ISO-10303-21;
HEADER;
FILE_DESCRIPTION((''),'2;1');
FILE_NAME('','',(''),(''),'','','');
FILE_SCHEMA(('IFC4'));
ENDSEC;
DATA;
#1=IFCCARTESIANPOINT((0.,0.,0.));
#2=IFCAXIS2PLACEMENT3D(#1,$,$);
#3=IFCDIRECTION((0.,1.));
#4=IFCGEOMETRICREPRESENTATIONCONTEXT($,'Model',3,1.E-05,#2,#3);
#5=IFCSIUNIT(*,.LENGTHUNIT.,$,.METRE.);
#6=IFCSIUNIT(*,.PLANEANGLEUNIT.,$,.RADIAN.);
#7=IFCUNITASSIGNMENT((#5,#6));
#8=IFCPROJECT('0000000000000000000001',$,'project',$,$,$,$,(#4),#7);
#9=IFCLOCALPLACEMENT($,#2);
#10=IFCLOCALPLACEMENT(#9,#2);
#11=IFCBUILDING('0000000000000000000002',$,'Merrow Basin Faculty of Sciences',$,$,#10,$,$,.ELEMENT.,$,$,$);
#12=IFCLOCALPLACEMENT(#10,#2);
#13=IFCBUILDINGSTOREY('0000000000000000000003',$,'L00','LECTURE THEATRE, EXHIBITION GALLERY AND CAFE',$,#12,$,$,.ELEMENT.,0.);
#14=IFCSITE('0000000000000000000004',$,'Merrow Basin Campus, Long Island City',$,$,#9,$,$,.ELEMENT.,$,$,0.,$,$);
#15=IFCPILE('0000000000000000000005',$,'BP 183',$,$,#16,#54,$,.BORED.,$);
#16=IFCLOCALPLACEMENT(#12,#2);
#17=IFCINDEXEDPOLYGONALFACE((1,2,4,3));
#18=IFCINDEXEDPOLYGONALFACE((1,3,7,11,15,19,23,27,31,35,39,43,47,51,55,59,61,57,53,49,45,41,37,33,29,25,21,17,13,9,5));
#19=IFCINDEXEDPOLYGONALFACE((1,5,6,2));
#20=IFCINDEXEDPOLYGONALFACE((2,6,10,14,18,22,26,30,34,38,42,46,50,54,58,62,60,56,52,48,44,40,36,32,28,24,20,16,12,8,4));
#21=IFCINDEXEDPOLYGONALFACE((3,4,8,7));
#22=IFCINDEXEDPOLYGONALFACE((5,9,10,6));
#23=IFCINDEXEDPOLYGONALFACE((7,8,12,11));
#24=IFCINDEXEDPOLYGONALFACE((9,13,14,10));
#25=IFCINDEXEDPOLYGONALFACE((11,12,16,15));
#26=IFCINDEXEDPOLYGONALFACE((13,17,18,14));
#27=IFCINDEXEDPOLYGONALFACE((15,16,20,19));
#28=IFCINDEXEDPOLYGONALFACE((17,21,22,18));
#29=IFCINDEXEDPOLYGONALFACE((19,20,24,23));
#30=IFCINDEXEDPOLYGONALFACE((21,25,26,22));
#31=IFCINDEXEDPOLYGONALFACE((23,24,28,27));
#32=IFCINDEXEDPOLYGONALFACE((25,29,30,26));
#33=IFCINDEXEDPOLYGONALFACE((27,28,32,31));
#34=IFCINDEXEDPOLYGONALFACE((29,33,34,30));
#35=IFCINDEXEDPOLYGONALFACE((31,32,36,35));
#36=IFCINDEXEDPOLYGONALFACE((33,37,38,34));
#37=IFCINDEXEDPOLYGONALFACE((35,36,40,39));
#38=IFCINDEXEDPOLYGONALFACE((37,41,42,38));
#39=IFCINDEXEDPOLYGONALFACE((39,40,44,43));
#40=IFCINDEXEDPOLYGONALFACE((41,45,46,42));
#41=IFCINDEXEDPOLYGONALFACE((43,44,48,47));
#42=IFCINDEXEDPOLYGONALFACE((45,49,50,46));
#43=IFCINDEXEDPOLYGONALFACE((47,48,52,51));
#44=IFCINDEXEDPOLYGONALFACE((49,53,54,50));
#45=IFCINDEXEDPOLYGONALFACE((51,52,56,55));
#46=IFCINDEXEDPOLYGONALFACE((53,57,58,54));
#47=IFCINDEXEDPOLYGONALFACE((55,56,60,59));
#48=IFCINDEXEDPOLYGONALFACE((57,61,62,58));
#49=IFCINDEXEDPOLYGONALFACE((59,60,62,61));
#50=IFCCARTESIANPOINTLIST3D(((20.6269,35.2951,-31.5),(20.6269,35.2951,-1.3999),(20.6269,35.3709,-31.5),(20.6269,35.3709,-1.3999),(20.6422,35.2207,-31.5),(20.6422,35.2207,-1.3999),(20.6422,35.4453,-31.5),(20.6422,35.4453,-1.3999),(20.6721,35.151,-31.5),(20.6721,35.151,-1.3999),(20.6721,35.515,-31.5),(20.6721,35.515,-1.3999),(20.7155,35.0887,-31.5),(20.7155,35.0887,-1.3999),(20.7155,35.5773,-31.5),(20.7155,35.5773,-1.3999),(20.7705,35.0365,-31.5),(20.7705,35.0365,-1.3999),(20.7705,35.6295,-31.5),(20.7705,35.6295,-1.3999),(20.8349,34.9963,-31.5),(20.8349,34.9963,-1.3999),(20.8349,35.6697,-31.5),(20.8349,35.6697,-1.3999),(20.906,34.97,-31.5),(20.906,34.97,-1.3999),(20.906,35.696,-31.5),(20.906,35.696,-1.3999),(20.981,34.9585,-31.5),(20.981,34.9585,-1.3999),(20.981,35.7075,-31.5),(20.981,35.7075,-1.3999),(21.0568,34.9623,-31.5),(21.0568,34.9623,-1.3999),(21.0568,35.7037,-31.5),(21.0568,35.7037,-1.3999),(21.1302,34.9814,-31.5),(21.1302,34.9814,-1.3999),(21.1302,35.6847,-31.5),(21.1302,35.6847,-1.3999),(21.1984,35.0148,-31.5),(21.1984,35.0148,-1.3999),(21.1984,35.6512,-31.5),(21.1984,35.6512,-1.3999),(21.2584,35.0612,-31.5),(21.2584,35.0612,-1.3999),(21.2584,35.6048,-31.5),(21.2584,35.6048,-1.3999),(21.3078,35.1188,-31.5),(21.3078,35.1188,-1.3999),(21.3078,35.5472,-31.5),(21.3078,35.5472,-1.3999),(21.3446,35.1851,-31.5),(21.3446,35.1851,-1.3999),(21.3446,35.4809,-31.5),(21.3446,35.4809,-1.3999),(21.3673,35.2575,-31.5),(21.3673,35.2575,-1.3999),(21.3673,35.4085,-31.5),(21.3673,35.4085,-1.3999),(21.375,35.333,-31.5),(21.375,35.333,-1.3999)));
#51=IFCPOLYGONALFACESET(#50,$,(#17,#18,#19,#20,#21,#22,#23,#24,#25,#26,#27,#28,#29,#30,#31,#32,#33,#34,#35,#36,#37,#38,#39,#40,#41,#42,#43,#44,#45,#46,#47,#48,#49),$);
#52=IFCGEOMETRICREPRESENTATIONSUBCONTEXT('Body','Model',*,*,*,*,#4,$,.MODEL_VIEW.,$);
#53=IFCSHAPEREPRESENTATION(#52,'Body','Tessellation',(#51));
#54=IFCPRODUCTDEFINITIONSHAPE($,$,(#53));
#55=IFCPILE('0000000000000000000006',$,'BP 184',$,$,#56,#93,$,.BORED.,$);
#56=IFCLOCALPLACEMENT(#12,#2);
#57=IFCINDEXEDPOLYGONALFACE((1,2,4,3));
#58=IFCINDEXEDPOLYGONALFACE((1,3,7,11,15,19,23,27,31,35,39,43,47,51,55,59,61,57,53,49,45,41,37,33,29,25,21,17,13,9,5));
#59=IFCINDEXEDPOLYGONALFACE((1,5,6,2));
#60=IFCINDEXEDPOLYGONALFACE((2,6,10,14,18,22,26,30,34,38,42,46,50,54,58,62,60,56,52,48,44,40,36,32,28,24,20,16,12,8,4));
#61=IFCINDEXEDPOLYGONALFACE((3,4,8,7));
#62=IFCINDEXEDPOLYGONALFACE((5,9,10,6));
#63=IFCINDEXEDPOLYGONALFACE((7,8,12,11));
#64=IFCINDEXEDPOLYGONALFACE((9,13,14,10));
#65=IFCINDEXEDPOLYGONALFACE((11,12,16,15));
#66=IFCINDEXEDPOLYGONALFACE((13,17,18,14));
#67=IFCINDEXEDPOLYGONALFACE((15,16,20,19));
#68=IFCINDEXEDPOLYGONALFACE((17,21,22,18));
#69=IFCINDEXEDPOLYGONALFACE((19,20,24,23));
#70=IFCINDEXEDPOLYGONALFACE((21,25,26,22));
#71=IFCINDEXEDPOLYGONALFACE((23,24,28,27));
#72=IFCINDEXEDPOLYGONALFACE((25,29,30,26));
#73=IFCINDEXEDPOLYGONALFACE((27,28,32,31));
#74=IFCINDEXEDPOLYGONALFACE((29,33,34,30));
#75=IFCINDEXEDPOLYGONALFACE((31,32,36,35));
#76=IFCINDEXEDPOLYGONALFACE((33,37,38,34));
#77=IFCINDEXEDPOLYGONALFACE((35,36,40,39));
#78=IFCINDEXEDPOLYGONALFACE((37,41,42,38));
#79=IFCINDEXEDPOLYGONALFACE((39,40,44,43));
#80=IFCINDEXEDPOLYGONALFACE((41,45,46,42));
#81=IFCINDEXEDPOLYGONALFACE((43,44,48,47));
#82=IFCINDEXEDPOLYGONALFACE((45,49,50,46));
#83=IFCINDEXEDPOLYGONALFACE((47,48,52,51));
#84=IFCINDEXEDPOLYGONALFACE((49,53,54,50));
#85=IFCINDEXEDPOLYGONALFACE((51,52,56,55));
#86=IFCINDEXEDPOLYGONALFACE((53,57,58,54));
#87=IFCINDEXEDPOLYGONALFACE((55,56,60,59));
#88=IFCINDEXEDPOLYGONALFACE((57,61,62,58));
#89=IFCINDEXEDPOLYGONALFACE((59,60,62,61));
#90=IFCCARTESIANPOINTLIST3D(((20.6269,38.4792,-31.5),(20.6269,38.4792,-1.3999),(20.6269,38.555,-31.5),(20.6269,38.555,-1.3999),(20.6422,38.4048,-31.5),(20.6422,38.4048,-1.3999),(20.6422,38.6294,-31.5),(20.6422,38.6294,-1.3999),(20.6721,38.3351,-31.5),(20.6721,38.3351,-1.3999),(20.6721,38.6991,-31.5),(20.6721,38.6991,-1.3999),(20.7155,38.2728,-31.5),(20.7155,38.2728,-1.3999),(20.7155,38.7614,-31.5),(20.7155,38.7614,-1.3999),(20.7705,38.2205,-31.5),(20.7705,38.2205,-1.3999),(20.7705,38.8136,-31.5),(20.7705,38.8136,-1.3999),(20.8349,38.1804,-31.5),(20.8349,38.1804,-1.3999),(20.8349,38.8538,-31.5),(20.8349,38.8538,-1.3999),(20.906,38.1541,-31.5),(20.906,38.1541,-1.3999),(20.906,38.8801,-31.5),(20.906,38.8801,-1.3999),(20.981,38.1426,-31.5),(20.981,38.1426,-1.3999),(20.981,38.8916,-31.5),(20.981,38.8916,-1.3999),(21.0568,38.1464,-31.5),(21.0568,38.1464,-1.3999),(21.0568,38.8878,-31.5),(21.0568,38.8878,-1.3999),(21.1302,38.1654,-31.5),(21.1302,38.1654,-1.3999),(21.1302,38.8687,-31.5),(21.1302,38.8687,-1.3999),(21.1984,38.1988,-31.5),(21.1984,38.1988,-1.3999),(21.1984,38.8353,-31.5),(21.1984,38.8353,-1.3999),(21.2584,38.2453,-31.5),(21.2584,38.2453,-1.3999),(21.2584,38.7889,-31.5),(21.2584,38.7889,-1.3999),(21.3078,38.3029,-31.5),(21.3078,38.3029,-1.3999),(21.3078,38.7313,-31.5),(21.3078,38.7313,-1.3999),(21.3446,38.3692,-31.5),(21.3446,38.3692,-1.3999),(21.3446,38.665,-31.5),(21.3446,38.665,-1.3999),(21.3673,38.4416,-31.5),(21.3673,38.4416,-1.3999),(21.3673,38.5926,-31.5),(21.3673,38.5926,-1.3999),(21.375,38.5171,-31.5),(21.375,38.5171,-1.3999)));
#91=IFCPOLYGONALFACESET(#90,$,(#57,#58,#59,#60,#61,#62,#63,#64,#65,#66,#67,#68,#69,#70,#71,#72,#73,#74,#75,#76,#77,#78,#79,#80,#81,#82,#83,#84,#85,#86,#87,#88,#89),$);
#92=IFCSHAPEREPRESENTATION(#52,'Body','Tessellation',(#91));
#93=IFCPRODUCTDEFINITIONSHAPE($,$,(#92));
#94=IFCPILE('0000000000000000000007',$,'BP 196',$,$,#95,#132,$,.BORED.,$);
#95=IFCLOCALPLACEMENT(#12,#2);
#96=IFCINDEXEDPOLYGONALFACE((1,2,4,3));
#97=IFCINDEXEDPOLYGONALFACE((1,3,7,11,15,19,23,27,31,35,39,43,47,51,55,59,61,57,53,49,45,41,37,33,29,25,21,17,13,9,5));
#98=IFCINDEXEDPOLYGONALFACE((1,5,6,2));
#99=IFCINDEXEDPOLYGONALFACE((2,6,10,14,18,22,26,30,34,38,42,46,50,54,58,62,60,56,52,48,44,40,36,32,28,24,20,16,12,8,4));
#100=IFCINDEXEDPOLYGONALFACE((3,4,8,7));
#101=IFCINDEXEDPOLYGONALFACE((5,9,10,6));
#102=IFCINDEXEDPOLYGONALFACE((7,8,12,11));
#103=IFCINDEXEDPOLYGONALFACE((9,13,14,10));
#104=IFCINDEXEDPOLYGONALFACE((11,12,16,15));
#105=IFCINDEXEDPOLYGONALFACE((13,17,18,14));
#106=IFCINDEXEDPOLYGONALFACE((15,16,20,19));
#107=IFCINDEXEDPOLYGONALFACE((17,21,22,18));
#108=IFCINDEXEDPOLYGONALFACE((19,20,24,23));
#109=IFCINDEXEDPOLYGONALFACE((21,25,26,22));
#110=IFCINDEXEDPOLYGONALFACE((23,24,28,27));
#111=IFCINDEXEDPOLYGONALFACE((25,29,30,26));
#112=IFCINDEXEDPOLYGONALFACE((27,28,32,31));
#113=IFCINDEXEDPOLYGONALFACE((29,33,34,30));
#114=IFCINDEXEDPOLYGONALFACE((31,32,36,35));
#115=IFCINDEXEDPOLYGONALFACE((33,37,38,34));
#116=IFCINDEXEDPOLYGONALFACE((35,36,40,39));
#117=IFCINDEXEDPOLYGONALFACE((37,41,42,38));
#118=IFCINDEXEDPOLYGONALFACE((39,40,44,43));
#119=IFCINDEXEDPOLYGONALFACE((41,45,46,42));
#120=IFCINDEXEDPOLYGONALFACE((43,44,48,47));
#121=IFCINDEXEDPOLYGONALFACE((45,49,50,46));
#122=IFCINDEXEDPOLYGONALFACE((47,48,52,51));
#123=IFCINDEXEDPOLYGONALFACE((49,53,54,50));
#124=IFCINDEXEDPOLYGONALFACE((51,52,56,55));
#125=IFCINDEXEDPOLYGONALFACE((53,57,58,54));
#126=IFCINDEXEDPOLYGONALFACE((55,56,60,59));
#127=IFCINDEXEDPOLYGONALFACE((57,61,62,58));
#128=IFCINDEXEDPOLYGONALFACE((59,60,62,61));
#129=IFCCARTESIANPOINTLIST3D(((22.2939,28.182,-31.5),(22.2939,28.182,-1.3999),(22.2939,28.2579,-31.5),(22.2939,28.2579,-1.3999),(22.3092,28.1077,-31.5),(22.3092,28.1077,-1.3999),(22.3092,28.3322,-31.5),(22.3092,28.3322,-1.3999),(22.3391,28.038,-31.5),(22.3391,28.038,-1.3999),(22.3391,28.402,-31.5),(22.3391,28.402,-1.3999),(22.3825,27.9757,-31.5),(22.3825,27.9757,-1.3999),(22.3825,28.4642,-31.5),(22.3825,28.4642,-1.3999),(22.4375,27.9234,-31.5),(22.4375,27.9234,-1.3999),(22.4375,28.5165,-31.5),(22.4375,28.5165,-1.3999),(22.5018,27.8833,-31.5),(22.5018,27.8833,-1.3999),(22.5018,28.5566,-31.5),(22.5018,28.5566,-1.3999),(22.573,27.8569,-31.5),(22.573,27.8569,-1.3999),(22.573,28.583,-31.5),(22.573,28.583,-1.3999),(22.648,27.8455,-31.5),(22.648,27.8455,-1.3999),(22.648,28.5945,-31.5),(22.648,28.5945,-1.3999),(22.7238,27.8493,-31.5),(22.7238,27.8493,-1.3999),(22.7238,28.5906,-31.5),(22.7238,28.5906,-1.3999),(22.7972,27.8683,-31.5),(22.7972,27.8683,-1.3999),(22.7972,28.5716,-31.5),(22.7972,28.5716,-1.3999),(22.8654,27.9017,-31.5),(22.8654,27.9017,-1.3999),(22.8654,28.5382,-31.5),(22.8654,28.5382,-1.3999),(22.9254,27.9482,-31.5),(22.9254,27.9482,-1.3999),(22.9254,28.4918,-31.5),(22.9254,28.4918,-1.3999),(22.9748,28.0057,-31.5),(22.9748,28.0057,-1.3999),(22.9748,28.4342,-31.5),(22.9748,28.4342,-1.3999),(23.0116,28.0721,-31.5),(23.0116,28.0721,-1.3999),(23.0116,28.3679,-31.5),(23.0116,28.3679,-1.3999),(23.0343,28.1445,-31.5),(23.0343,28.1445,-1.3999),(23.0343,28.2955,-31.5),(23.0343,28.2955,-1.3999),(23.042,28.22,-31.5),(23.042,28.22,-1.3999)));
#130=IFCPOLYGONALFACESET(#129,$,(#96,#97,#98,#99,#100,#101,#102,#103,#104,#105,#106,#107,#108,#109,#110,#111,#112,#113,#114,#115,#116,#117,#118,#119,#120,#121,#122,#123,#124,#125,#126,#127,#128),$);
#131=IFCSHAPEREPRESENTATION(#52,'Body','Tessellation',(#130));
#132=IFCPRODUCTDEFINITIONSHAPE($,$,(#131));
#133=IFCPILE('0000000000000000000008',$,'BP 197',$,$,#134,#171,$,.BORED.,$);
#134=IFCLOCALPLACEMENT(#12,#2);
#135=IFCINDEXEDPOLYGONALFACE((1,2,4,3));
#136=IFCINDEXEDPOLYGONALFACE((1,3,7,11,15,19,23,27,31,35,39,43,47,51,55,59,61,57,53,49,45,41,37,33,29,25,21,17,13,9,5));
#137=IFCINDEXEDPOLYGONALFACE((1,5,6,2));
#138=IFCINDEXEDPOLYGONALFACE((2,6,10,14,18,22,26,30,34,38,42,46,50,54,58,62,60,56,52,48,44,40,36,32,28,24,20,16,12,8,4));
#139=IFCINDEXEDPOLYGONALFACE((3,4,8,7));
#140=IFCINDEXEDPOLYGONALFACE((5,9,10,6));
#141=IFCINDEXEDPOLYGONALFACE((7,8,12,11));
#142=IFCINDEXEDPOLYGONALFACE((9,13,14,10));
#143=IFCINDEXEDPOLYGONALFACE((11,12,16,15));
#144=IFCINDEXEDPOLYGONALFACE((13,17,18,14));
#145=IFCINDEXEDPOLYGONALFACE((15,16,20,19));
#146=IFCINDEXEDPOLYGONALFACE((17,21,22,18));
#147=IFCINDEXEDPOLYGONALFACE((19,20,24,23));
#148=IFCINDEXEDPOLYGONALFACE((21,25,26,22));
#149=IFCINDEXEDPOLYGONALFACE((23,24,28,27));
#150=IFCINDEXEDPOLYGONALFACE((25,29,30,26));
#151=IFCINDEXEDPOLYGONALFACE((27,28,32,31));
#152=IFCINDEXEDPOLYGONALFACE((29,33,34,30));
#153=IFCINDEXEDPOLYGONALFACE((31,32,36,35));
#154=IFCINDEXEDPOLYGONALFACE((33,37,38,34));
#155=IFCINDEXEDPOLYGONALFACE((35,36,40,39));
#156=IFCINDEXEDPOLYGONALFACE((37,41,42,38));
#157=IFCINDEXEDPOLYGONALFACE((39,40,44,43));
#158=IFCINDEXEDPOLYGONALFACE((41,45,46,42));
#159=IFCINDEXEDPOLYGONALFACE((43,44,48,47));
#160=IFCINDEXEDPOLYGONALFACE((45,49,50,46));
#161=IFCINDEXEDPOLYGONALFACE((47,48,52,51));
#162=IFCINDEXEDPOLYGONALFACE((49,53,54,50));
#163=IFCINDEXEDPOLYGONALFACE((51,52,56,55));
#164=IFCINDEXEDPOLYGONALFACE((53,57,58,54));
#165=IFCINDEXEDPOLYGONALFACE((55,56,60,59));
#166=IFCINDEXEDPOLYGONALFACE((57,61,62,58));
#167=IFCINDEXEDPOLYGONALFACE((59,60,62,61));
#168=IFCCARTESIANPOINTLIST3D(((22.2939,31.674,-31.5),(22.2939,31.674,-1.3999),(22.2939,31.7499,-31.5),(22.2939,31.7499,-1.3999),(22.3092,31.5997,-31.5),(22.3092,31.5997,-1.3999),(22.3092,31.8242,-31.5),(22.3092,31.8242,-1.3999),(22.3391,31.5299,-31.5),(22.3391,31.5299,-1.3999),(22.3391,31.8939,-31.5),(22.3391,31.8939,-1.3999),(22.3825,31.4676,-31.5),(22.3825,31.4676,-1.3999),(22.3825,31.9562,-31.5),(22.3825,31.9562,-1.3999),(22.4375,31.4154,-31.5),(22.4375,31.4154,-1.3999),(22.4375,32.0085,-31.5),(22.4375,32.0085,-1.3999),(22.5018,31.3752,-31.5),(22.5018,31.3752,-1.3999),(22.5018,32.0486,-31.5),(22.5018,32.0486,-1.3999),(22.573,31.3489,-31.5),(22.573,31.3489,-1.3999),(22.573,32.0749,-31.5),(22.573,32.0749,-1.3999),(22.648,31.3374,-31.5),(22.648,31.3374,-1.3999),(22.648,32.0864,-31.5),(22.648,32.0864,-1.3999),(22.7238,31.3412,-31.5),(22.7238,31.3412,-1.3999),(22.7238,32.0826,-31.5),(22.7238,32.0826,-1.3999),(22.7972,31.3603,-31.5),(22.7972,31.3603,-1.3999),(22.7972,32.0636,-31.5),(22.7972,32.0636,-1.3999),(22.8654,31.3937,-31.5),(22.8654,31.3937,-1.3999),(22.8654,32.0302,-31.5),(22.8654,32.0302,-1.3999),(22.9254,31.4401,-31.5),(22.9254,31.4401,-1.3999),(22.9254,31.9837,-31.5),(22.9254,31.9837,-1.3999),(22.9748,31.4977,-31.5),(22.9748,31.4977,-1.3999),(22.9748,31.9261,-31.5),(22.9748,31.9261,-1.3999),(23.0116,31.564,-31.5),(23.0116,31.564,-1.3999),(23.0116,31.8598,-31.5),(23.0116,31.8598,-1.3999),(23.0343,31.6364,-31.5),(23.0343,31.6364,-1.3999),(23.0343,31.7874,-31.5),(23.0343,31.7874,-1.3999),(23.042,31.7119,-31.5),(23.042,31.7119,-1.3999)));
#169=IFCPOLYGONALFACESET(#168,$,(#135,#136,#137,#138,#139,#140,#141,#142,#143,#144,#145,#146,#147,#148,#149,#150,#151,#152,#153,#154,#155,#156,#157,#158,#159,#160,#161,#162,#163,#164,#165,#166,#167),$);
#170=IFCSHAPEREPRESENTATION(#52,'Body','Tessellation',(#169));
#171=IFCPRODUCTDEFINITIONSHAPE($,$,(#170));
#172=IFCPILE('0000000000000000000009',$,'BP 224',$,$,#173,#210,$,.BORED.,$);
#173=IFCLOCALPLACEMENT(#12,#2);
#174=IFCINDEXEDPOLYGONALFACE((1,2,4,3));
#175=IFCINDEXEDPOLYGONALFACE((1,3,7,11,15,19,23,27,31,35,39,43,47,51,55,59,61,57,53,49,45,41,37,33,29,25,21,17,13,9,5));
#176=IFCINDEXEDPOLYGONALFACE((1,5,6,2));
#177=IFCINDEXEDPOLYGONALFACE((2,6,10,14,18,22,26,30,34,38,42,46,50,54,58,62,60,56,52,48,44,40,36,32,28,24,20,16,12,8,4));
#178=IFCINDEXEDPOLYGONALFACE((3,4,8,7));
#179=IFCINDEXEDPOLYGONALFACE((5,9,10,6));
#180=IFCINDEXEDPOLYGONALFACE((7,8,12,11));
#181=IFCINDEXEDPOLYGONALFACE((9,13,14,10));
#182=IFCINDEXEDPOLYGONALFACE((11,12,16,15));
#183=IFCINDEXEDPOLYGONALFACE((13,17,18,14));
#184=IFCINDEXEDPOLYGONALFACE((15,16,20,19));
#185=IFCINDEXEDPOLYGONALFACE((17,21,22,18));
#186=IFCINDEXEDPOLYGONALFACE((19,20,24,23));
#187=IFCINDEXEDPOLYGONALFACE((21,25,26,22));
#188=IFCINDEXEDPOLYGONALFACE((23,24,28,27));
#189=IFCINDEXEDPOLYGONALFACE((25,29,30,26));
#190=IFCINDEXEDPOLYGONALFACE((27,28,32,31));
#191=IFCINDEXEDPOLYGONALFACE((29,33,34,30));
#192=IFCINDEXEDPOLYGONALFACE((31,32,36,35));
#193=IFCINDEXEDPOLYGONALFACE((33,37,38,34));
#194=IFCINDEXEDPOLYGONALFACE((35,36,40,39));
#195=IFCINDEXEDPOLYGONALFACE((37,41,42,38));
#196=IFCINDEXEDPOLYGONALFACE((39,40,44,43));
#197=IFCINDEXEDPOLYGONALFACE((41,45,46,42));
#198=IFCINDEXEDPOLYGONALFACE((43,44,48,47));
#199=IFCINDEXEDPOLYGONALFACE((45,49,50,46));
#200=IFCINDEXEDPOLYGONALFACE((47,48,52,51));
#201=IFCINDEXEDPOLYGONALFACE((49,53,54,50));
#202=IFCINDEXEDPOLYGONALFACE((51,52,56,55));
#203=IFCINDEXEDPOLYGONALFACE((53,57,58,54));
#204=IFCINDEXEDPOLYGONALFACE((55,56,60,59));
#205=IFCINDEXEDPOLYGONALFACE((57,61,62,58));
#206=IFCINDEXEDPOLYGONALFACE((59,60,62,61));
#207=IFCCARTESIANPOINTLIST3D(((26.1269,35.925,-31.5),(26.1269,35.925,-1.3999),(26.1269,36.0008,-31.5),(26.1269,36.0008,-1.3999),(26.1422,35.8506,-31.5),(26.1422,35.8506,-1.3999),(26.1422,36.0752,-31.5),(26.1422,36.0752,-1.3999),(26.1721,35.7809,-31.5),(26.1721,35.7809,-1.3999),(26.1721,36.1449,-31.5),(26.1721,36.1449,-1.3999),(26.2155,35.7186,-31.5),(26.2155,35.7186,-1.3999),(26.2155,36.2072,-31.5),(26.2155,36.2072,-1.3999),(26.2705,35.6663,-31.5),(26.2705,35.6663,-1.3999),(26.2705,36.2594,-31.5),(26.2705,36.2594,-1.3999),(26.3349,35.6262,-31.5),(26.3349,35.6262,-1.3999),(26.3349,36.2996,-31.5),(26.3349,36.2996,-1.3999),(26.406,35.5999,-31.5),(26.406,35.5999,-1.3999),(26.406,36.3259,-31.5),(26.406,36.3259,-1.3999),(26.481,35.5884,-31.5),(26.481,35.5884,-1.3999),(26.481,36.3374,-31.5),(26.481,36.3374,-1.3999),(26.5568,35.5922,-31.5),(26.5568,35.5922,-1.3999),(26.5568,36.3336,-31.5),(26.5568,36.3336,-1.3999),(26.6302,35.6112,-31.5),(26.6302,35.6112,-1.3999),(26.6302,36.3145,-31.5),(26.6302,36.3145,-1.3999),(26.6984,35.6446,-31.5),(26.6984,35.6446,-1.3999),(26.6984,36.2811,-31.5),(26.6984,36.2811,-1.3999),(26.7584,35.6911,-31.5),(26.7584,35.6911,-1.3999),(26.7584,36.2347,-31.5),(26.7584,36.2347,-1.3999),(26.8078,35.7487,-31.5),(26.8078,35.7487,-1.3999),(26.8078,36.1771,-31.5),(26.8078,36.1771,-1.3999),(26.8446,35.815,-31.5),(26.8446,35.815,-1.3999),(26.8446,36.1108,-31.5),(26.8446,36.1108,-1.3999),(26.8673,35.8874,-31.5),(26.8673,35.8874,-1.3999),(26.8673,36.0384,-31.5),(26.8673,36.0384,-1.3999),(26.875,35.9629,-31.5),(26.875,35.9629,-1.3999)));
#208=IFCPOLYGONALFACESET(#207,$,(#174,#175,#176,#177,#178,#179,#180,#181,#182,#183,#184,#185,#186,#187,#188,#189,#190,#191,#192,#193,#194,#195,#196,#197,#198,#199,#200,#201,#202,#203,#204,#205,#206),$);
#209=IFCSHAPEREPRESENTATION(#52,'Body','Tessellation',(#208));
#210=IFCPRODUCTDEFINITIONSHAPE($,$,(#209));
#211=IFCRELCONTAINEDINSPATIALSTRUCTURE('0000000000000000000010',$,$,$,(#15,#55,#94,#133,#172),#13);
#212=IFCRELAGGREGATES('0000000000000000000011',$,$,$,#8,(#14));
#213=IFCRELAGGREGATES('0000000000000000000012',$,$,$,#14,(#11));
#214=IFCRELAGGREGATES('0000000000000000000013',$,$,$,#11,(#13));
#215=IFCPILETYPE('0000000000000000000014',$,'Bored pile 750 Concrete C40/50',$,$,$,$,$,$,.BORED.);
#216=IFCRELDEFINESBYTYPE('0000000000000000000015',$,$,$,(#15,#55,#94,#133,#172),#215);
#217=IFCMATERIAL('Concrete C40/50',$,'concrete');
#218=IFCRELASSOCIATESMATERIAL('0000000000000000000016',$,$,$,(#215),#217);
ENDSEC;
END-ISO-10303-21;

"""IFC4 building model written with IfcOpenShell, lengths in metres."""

from ifc_helpers import new_model, si_unit, direction, frame, origin, origin_2d, place, context, subcontext, project, spatial, circle, extrude, material, material_profile, profile_set, type_object, element, save


model = new_model("IFC4")

# Units and contexts
model_context = context("Model", 3, precision=1e-05, world=origin(), true_north=direction((0.0, 1.0)))
body_context = subcontext(model_context, "Body", "Model", "MODEL_VIEW")
ifc_project = project(units=[si_unit("LENGTHUNIT", "METRE"), si_unit("PLANEANGLEUNIT", "RADIAN")], contexts=[model_context])

# Site, building, storey
site_placement = place(None, origin())
site = spatial("IfcSite", under=ifc_project, at=site_placement, Name="Merrow Basin Campus, Long Island City", CompositionType="ELEMENT", RefElevation=0.0)
building_placement = place(site_placement, origin())
building = spatial("IfcBuilding", under=site, at=building_placement, Name="Merrow Basin Faculty of Sciences", CompositionType="ELEMENT")
storey_placement = place(building_placement, origin())
storey = spatial("IfcBuildingStorey", under=building, at=storey_placement, Name="L00", Description="LECTURE THEATRE, EXHIBITION GALLERY AND CAFE", CompositionType="ELEMENT", Elevation=0.0)

# Piles
ifc_material_1 = material(Name="Concrete C40/50", Category="concrete")
ifc_material_profile_1 = material_profile(ifc_material_1, circle(Radius=0.375, at=origin_2d()))
ifc_profile_set_1 = profile_set([ifc_material_profile_1], Name="Concrete C40/50")
pile_type = type_object("IfcPileType", Name="Bored pile 750 Concrete C40/50", PredefinedType="BORED", material=ifc_profile_set_1)
for number, where, z_axis, x_axis, name in (
    (1, (21.0, 35.333, -1.3999), (0.0, 0.0, -1.0), (1.0, 0.0, 0.0), "BP 183"),
    (2, (21.0, 38.5171, -1.3999), (0.0, 0.0, -1.0), (1.0, 0.0, 0.0), "BP 184"),
    (3, (22.667, 28.22, -1.3999), (0.0, 0.0, -1.0), (1.0, 0.0, 0.0), "BP 196"),
    (4, (22.667, 31.7119, -1.3999), (0.0, 0.0, -1.0), (1.0, 0.0, 0.0), "BP 197"),
    (5, (26.5, 35.9629, -1.3999), (0.0, 0.0, -1.0), (1.0, 0.0, 0.0), "BP 224"),
):
    element("IfcPile", number, at=place(storey_placement, frame(where, z_axis=z_axis, x_axis=x_axis)), inside=storey, type_object=pile_type, Name=name, PredefinedType="BORED", context=body_context, shape_type="SweptSolid", body=[
        extrude(circle(Radius=0.375, at=origin_2d()), origin(), (0.0, 0.0, 1.0), 30.1001),
    ])

save(model, "model.ifc")
